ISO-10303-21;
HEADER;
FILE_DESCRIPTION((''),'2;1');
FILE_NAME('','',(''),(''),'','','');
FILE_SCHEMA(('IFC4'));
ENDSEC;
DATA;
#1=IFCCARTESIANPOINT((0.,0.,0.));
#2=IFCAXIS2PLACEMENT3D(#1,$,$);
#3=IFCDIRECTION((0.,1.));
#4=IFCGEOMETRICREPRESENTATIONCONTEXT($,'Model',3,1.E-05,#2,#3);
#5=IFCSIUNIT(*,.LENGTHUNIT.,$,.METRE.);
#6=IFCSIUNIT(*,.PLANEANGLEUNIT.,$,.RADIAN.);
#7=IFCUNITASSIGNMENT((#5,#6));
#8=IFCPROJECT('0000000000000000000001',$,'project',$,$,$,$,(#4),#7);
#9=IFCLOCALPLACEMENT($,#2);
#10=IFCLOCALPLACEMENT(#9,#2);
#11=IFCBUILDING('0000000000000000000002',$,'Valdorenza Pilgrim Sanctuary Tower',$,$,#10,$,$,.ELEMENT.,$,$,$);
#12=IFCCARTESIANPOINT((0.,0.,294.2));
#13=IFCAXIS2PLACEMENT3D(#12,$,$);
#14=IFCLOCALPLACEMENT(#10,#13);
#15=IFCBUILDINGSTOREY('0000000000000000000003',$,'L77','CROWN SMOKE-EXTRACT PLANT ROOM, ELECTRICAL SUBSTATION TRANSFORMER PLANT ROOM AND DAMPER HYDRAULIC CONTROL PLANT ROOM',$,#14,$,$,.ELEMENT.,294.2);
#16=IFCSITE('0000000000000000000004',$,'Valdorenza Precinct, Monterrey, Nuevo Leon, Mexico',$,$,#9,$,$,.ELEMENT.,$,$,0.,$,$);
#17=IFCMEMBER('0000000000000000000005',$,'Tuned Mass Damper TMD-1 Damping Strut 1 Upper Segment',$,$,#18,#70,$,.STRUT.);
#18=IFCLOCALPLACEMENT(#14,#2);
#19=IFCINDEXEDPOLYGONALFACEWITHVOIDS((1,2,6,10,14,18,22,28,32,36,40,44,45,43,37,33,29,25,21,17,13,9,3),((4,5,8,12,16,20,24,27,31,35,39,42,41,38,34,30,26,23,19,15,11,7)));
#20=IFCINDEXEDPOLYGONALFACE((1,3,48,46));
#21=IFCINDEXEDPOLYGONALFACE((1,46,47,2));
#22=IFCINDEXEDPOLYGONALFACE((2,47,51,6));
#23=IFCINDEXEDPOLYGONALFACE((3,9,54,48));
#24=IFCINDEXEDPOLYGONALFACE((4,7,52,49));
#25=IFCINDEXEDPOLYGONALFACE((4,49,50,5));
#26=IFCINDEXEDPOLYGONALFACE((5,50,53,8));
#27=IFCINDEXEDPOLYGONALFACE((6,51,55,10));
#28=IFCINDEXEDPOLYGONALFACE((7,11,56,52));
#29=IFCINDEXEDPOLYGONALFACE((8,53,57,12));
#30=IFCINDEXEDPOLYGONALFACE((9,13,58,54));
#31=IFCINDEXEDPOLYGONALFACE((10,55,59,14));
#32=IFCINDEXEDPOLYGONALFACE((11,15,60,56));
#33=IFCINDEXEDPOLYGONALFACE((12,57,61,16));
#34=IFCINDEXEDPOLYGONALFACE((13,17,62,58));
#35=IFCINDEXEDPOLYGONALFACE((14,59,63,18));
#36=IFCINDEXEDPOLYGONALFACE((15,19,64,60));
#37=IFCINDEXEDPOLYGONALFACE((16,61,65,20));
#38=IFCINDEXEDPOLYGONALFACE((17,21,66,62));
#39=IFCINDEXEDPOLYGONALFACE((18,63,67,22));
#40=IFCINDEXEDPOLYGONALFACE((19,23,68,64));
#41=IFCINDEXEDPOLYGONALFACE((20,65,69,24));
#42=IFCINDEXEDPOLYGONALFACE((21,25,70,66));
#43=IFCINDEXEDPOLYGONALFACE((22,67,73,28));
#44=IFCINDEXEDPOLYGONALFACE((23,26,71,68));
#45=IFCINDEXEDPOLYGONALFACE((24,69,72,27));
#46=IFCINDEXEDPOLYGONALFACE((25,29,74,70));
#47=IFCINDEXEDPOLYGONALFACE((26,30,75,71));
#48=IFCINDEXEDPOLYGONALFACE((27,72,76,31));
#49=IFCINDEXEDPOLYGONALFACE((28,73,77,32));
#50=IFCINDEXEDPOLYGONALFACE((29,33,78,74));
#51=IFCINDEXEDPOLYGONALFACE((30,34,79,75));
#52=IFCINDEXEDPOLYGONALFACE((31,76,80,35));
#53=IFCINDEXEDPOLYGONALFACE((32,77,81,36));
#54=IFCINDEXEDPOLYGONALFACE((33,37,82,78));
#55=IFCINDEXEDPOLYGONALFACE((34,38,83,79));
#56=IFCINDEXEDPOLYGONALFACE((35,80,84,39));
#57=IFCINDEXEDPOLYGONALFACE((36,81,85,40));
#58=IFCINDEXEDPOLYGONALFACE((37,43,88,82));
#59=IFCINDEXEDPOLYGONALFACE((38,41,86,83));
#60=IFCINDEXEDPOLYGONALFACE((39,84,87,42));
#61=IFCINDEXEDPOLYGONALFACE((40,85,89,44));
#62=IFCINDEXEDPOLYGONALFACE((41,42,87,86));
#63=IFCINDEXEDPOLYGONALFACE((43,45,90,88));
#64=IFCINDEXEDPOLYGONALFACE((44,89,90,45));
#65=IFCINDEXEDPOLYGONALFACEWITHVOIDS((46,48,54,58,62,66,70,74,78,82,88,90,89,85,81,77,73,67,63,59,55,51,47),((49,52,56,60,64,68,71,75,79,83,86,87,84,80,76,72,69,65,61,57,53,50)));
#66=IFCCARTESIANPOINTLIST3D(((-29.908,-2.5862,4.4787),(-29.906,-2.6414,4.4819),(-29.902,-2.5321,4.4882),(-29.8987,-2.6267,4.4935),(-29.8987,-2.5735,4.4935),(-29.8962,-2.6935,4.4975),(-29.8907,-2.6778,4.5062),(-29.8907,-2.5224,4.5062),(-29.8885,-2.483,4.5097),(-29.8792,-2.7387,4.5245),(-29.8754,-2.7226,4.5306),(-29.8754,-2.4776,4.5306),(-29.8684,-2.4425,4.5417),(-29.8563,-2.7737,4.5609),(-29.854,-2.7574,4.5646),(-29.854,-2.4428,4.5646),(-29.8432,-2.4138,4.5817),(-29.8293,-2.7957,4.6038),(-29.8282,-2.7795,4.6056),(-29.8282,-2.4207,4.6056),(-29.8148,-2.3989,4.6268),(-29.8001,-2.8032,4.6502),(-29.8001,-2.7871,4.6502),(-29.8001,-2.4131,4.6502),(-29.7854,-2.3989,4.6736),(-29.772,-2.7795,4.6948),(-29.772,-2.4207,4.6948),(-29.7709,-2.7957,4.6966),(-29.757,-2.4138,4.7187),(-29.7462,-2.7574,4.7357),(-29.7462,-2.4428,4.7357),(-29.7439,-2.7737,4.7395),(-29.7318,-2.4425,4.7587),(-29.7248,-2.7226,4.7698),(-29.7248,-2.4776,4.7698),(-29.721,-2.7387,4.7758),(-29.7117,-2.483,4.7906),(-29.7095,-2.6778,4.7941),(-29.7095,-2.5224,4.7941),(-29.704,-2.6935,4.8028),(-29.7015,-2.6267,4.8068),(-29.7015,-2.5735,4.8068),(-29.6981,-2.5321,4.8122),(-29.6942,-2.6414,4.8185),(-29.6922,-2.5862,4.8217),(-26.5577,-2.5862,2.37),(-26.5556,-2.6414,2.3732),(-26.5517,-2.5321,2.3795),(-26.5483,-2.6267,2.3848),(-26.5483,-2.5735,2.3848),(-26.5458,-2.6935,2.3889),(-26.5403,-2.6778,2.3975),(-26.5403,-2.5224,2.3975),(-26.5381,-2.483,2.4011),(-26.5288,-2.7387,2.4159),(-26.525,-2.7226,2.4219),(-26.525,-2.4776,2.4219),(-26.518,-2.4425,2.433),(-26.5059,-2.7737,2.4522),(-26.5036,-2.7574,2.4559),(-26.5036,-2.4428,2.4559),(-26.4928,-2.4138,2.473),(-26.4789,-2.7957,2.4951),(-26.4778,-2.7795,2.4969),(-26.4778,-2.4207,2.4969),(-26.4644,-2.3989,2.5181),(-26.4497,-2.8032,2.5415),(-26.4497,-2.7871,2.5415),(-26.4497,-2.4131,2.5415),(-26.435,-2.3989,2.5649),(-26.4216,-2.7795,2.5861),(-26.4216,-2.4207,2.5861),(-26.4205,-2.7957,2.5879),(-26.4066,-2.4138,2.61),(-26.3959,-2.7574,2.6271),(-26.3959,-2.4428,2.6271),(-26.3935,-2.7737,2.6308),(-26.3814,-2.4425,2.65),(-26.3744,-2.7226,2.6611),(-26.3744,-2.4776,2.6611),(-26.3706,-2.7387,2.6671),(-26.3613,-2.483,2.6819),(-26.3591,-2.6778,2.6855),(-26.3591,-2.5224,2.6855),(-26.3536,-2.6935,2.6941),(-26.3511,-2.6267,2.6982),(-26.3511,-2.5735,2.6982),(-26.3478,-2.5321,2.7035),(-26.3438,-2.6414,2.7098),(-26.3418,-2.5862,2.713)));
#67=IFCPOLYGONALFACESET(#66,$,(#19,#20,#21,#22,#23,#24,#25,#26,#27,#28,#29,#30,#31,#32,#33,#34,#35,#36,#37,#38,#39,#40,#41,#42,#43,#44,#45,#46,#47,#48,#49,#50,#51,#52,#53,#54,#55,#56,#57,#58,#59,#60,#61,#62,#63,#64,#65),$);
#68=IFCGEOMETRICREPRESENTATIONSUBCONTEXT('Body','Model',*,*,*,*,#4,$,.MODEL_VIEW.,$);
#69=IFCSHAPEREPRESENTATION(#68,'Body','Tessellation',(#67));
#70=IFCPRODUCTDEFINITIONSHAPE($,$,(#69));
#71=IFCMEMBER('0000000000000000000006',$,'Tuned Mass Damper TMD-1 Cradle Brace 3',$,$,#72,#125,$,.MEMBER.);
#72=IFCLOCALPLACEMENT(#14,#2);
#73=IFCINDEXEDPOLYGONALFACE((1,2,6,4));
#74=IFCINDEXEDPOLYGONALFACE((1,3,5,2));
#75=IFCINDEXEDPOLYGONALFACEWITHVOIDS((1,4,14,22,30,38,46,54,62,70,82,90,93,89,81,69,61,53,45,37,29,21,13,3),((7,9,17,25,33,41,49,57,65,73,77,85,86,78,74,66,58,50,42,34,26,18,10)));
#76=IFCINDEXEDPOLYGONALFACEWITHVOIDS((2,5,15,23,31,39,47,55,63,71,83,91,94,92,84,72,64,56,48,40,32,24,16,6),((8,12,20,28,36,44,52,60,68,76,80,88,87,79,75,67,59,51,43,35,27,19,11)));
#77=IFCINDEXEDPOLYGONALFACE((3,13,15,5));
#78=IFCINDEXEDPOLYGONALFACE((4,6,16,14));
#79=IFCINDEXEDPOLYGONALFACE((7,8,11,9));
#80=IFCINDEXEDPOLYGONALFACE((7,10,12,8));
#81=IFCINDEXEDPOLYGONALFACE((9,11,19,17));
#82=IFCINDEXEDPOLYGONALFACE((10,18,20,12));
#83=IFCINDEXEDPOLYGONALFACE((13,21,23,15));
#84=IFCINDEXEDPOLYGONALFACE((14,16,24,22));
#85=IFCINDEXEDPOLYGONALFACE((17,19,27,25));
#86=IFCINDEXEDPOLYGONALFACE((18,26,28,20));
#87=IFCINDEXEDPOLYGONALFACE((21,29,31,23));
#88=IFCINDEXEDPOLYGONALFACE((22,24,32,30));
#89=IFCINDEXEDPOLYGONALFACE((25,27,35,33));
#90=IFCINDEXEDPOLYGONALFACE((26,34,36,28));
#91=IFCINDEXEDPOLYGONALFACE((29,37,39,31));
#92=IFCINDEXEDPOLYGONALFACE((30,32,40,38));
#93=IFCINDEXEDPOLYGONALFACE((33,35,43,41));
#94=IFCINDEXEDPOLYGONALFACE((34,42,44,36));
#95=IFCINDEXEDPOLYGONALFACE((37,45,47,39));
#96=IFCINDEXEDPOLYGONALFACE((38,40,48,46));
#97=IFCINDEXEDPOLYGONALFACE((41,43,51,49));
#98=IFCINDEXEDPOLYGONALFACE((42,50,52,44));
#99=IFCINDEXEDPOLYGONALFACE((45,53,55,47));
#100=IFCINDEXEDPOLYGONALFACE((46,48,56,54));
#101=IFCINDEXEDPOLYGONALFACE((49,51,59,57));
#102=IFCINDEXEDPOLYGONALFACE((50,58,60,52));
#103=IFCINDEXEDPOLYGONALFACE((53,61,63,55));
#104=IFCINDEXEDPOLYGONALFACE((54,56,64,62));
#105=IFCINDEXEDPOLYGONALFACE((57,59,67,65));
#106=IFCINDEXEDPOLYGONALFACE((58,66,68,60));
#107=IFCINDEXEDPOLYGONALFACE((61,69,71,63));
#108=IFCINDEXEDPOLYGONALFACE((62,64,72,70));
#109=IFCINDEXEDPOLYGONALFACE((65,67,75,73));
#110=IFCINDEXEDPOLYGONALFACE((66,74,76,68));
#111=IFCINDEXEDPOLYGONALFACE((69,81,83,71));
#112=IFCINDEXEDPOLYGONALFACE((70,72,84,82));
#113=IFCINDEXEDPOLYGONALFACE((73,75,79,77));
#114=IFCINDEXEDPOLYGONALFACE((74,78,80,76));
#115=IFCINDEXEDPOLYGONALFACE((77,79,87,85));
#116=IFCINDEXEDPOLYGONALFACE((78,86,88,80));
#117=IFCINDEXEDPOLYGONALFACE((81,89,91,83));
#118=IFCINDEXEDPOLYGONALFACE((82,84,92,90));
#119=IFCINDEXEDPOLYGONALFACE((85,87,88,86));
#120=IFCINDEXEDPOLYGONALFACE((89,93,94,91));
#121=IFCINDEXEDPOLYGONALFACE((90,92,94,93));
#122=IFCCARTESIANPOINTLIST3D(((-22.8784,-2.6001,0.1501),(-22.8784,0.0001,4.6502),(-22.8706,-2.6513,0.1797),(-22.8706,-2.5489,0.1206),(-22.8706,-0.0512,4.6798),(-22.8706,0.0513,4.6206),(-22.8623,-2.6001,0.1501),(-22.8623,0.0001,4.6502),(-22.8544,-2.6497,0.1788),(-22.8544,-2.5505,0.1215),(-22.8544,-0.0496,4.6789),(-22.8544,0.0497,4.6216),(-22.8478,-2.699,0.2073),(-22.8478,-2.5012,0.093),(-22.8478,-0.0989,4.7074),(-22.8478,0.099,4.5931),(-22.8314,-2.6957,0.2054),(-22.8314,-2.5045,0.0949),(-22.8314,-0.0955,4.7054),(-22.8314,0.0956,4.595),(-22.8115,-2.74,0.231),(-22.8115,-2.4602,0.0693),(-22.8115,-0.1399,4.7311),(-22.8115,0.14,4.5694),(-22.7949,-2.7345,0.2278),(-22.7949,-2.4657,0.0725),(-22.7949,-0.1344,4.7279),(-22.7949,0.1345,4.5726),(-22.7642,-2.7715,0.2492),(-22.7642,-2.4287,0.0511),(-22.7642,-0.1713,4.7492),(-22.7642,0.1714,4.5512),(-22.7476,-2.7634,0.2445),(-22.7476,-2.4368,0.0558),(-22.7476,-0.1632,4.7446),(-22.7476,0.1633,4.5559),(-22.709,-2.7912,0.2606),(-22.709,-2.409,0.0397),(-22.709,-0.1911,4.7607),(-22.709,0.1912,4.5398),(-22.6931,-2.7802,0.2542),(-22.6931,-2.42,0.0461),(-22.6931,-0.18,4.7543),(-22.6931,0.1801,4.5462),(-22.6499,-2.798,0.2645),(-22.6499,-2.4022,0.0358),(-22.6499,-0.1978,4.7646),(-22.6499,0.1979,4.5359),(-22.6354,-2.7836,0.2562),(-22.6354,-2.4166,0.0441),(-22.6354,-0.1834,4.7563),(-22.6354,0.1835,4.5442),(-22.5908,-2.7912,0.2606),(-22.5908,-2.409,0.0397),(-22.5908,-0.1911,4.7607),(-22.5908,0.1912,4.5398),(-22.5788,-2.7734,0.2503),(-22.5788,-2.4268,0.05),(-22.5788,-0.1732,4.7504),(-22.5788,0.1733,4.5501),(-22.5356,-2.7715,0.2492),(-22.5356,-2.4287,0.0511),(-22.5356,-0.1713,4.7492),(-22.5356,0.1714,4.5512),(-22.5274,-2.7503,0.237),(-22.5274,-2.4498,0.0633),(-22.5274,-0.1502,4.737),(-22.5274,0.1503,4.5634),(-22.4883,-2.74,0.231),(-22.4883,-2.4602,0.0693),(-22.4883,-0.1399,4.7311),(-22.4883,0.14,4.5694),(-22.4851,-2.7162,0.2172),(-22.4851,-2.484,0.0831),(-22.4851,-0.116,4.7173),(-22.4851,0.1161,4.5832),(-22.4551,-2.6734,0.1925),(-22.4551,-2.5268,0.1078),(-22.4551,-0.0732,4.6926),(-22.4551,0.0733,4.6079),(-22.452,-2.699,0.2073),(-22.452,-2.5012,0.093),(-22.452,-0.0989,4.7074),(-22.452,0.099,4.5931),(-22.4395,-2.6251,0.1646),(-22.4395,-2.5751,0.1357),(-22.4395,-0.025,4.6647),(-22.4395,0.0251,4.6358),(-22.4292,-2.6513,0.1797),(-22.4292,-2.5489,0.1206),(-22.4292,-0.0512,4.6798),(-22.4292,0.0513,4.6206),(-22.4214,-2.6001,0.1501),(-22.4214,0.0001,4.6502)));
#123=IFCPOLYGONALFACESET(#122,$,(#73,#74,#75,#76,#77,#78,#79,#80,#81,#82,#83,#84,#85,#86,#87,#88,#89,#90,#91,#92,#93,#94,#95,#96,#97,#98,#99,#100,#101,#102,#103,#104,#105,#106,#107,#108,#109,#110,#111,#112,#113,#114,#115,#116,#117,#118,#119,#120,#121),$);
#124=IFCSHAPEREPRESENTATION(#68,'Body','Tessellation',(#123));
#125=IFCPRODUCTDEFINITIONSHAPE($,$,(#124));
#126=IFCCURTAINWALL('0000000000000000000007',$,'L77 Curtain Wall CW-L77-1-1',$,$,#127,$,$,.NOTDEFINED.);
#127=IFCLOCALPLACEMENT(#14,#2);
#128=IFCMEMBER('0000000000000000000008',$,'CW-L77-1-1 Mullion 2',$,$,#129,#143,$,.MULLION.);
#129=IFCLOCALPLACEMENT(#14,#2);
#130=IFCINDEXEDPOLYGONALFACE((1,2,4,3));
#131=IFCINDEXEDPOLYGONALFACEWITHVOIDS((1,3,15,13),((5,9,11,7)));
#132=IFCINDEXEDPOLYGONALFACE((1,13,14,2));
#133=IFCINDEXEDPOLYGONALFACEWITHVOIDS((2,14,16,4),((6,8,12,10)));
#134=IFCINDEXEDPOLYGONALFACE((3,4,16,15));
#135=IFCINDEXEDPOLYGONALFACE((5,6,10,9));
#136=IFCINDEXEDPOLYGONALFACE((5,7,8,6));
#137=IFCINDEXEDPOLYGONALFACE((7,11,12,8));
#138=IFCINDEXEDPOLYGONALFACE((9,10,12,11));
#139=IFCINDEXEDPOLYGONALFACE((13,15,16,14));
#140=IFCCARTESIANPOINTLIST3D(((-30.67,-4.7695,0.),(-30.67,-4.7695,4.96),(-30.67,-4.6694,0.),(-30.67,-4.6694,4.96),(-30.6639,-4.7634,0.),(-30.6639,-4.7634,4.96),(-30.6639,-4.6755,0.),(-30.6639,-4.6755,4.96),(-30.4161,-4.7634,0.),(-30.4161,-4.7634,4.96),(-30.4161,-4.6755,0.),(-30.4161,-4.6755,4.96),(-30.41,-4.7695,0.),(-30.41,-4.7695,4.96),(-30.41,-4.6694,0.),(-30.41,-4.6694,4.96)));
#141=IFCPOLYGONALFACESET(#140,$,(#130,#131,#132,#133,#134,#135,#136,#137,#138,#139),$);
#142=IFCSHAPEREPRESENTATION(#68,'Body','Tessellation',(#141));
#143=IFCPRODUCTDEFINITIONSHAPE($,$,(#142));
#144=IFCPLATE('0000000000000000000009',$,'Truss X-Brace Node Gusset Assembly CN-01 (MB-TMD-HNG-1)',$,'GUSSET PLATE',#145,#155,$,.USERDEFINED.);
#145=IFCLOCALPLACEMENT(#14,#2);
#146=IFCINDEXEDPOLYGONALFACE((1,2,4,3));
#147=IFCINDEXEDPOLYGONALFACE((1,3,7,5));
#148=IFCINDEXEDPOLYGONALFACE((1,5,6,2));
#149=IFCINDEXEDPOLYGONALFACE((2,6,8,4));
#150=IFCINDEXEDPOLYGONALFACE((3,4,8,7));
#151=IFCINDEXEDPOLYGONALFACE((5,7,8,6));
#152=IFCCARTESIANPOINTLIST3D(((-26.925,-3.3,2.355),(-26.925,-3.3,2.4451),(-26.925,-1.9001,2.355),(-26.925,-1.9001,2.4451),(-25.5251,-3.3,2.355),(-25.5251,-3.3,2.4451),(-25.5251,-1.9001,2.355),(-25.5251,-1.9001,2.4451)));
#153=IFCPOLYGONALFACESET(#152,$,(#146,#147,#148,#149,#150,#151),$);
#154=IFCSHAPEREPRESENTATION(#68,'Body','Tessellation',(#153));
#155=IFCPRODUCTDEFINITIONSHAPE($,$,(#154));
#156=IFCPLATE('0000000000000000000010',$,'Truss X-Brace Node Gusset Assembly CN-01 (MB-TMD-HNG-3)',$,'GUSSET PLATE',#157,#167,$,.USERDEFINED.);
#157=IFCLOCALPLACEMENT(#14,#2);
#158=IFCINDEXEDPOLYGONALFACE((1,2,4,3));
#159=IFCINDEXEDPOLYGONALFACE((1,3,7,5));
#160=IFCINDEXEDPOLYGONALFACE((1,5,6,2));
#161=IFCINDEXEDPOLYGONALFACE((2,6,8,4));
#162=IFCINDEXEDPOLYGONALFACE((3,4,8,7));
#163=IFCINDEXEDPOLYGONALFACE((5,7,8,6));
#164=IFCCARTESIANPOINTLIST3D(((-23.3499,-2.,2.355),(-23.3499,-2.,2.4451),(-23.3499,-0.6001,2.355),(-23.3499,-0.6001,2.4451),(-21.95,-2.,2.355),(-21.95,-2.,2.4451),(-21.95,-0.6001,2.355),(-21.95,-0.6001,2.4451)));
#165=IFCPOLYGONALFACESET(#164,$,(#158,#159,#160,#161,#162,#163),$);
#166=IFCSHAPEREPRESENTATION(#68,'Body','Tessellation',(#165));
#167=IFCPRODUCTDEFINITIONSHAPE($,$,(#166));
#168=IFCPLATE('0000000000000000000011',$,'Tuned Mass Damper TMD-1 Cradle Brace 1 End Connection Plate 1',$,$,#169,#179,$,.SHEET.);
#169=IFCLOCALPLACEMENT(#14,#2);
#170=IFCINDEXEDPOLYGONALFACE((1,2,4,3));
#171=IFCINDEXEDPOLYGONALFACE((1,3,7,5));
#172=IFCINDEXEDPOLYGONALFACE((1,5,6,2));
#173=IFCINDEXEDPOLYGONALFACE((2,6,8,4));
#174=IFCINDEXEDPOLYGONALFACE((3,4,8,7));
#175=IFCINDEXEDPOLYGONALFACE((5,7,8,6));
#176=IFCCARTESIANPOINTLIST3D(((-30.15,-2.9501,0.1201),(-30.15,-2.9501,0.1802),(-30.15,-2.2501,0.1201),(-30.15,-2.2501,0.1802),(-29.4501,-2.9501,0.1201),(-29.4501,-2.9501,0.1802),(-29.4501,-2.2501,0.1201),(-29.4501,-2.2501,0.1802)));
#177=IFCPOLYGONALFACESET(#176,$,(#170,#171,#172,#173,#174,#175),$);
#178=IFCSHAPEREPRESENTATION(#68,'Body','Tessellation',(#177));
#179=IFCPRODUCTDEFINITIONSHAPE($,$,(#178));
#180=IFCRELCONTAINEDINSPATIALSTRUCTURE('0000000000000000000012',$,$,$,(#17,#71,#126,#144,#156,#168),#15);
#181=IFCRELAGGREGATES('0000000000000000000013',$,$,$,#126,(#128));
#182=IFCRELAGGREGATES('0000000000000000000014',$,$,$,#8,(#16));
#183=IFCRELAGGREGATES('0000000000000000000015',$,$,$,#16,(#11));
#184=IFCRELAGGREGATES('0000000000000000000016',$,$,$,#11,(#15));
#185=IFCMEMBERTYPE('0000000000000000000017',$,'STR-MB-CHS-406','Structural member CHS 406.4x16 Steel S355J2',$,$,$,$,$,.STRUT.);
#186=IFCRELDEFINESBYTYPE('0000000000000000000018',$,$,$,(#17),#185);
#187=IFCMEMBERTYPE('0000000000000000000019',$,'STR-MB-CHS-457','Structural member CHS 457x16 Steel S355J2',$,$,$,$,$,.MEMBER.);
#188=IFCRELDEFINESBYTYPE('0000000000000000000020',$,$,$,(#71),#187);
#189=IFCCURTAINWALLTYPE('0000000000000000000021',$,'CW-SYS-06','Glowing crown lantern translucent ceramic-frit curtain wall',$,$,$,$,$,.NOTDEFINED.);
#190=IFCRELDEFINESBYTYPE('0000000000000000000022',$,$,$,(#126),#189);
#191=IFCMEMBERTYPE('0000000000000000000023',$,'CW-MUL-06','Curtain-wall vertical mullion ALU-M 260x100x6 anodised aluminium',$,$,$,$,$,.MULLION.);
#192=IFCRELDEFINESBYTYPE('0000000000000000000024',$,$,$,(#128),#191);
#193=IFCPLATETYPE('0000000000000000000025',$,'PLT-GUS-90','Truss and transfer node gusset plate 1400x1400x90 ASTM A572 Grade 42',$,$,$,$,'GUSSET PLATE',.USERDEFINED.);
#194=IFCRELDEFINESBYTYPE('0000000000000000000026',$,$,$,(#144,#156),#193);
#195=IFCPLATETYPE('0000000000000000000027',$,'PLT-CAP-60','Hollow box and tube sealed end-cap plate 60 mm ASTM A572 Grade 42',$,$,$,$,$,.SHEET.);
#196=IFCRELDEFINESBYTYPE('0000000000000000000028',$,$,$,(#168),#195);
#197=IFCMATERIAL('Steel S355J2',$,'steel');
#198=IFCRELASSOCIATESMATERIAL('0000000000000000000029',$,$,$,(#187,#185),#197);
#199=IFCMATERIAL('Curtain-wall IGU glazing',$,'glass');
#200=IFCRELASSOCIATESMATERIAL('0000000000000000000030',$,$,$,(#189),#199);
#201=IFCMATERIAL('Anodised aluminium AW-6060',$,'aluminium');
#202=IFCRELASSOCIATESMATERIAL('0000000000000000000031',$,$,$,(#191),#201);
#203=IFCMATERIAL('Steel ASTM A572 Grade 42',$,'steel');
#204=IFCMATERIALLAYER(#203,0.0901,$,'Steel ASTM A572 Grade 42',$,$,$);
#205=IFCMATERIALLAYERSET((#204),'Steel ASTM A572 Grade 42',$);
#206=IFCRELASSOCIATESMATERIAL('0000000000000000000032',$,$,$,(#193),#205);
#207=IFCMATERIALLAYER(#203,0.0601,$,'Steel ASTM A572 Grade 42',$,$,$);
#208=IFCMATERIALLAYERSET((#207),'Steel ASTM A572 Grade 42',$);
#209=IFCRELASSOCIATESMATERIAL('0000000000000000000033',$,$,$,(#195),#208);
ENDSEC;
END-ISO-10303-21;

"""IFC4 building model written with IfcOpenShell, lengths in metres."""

from ifc_helpers import new_model, si_unit, direction, frame, origin, origin_2d, place, context, subcontext, project, spatial, rectangle, hollow_rectangle, hollow_circle, extrude, source, transform, mapped, material, layer, layer_set, material_profile, profile_set, type_object, element, aggregate, save


model = new_model("IFC4")

# Units and contexts
model_context = context("Model", 3, precision=1e-05, world=origin(), true_north=direction((0.0, 1.0)))
body_context = subcontext(model_context, "Body", "Model", "MODEL_VIEW")
ifc_project = project(units=[si_unit("LENGTHUNIT", "METRE"), si_unit("PLANEANGLEUNIT", "RADIAN")], contexts=[model_context])

# Site, building, storey
site_placement = place(None, origin())
site = spatial("IfcSite", under=ifc_project, at=site_placement, Name="Valdorenza Precinct, Monterrey, Nuevo Leon, Mexico", CompositionType="ELEMENT", RefElevation=0.0)
building_placement = place(site_placement, origin())
building = spatial("IfcBuilding", under=site, at=building_placement, Name="Valdorenza Pilgrim Sanctuary Tower", CompositionType="ELEMENT")
storey_placement = place(building_placement, frame((0.0, 0.0, 294.2)))
storey = spatial("IfcBuildingStorey", under=building, at=storey_placement, Name="L77", Description="CROWN SMOKE-EXTRACT PLANT ROOM, ELECTRICAL SUBSTATION TRANSFORMER PLANT ROOM AND DAMPER HYDRAULIC CONTROL PLANT ROOM", CompositionType="ELEMENT", Elevation=294.2)

# Members
ifc_material_1 = material(Name="Steel S355J2", Category="steel")
ifc_material_profile_1 = material_profile(ifc_material_1, hollow_circle(Radius=0.2285, WallThickness=0.0161, at=origin_2d()), Name="CHS 457x16")
ifc_profile_set_1 = profile_set([ifc_material_profile_1], Name="Steel S355J2")
member_type_1 = type_object("IfcMemberType", Name="STR-MB-CHS-457", Description="Structural member CHS 457x16 Steel S355J2", PredefinedType="MEMBER", material=ifc_profile_set_1)
ifc_material_profile_2 = material_profile(ifc_material_1, hollow_circle(Radius=0.2031, WallThickness=0.0161, at=origin_2d()), Name="CHS 406.4x16")
ifc_profile_set_2 = profile_set([ifc_material_profile_2], Name="Steel S355J2")
member_type_2 = type_object("IfcMemberType", Name="STR-MB-CHS-406", Description="Structural member CHS 406.4x16 Steel S355J2", PredefinedType="STRUT", material=ifc_profile_set_2)
shared_shape_1 = source(origin(), body_context, "Body", "SweptSolid", [
    extrude(hollow_circle(Radius=0.2031, WallThickness=0.0161, at=origin_2d()), origin(), (0.0, 0.0, 1.0), 3.9587),
])
for number, where, z_axis, x_axis, name in (
    (1, (-26.4497, -2.6001, 2.5415), (-0.846328, 0.0, 0.532663), (0.0, -1.0, 0.0), "Tuned Mass Damper TMD-1 Damping Strut 1 Upper Segment"),
):
    element("IfcMember", number, at=place(storey_placement, frame(where, z_axis=z_axis, x_axis=x_axis)), inside=storey, type_object=member_type_2, Name=name, PredefinedType="STRUT", context=body_context, shape_type="MappedRepresentation", body=[
        mapped(shared_shape_1, transform((0.0, 0.0, 0.0), x_axis=(1.0, 0.0, 0.0), y_axis=(0.0, 1.0, 0.0), z_axis=(0.0, 0.0, 1.0), scale=1.0)),
    ])
shared_shape_2 = source(origin(), body_context, "Body", "SweptSolid", [
    extrude(hollow_circle(Radius=0.2285, WallThickness=0.0161, at=origin_2d()), origin(), (0.0, 0.0, 1.0), 5.1973),
])
member_1_placement = place(storey_placement, frame((-22.6499, -2.6001, 0.1501), z_axis=(0.0, 0.500292, 0.865857), x_axis=(-1.0, 0.0, 0.0)))
element("IfcMember", 2, at=member_1_placement, inside=storey, type_object=member_type_1, Name="Tuned Mass Damper TMD-1 Cradle Brace 3", PredefinedType="MEMBER", context=body_context, shape_type="MappedRepresentation", body=[
    mapped(shared_shape_2, transform((0.0, 0.0, 0.0), x_axis=(1.0, 0.0, 0.0), y_axis=(0.0, 1.0, 0.0), z_axis=(0.0, 0.0, 1.0), scale=1.0)),
])

# Curtain wall, member
ifc_material_2 = material(Name="Curtain-wall IGU glazing", Category="glass")
curtain_wall_type = type_object("IfcCurtainWallType", Name="CW-SYS-06", Description="Glowing crown lantern translucent ceramic-frit curtain wall", PredefinedType="NOTDEFINED", material=ifc_material_2)
curtain_wall_placement = place(storey_placement, origin())
curtain_wall = element("IfcCurtainWall", 3, at=curtain_wall_placement, inside=storey, type_object=curtain_wall_type, Name="L77 Curtain Wall CW-L77-1-1", PredefinedType="NOTDEFINED")
ifc_material_3 = material(Name="Anodised aluminium AW-6060", Category="aluminium")
ifc_material_profile_3 = material_profile(ifc_material_3, hollow_rectangle(XDim=0.1001, YDim=0.26, WallThickness=0.0061, at=origin_2d()), Name="ALU-M 260x100x6")
ifc_profile_set_3 = profile_set([ifc_material_profile_3], Name="Anodised aluminium AW-6060")
member_type_3 = type_object("IfcMemberType", Name="CW-MUL-06", Description="Curtain-wall vertical mullion ALU-M 260x100x6 anodised aluminium", PredefinedType="MULLION", material=ifc_profile_set_3)
shared_shape_3 = source(origin(), body_context, "Body", "SweptSolid", [
    extrude(hollow_rectangle(XDim=0.1001, YDim=0.26, WallThickness=0.0061, at=origin_2d()), origin(), (0.0, 0.0, 1.0), 4.96),
])
member_2_placement = place(storey_placement, frame((-30.54, -4.7195, 0.0), z_axis=(0.0, 0.0, 1.0), x_axis=(0.0, 1.0, 0.0)))
member_2 = element("IfcMember", 4, at=member_2_placement, type_object=member_type_3, Name="CW-L77-1-1 Mullion 2", PredefinedType="MULLION", context=body_context, shape_type="MappedRepresentation", body=[
    mapped(shared_shape_3, transform((0.0, 0.0, 0.0), x_axis=(1.0, 0.0, 0.0), y_axis=(0.0, 1.0, 0.0), z_axis=(0.0, 0.0, 1.0), scale=1.0)),
])

# Plates
ifc_material_4 = material(Name="Steel ASTM A572 Grade 42", Category="steel")
ifc_layer_1 = layer(ifc_material_4, 0.0901, Name="Steel ASTM A572 Grade 42")
ifc_layer_set_1 = layer_set([ifc_layer_1], Name="Steel ASTM A572 Grade 42")
plate_type_1 = type_object("IfcPlateType", Name="PLT-GUS-90", Description="Truss and transfer node gusset plate 1400x1400x90 ASTM A572 Grade 42", ElementType="GUSSET PLATE", PredefinedType="USERDEFINED", material=ifc_layer_set_1)
shared_shape_4 = source(origin(), body_context, "Body", "SweptSolid", [
    extrude(rectangle(XDim=1.3999, YDim=1.3999, at=origin_2d()), origin(), (0.0, 0.0, 1.0), 0.0901),
])
for number, where, z_axis, x_axis, name in (
    (5, (-26.2251, -2.6001, 2.355), (0.0, 0.0, 1.0), (1.0, 0.0, 0.0), "Truss X-Brace Node Gusset Assembly CN-01 (MB-TMD-HNG-1)"),
    (6, (-22.6499, -1.3, 2.355), (0.0, 0.0, 1.0), (1.0, 0.0, 0.0), "Truss X-Brace Node Gusset Assembly CN-01 (MB-TMD-HNG-3)"),
):
    element("IfcPlate", number, at=place(storey_placement, frame(where, z_axis=z_axis, x_axis=x_axis)), inside=storey, type_object=plate_type_1, Name=name, ObjectType="GUSSET PLATE", PredefinedType="USERDEFINED", context=body_context, shape_type="MappedRepresentation", body=[
        mapped(shared_shape_4, transform((0.0, 0.0, 0.0), x_axis=(1.0, 0.0, 0.0), y_axis=(0.0, 1.0, 0.0), z_axis=(0.0, 0.0, 1.0), scale=1.0)),
    ])
ifc_layer_2 = layer(ifc_material_4, 0.0601, Name="Steel ASTM A572 Grade 42")
ifc_layer_set_2 = layer_set([ifc_layer_2], Name="Steel ASTM A572 Grade 42")
plate_type_2 = type_object("IfcPlateType", Name="PLT-CAP-60", Description="Hollow box and tube sealed end-cap plate 60 mm ASTM A572 Grade 42", PredefinedType="SHEET", material=ifc_layer_set_2)
shared_shape_5 = source(origin(), body_context, "Body", "SweptSolid", [
    extrude(rectangle(XDim=0.7, YDim=0.7, at=origin_2d()), origin(), (0.0, 0.0, 1.0), 0.0601),
])
for number, where, z_axis, x_axis, name in (
    (7, (-29.8, -2.6001, 0.1201), (0.0, 0.0, 1.0), (1.0, 0.0, 0.0), "Tuned Mass Damper TMD-1 Cradle Brace 1 End Connection Plate 1"),
):
    element("IfcPlate", number, at=place(storey_placement, frame(where, z_axis=z_axis, x_axis=x_axis)), inside=storey, type_object=plate_type_2, Name=name, PredefinedType="SHEET", context=body_context, shape_type="MappedRepresentation", body=[
        mapped(shared_shape_5, transform((0.0, 0.0, 0.0), x_axis=(1.0, 0.0, 0.0), y_axis=(0.0, 1.0, 0.0), z_axis=(0.0, 0.0, 1.0), scale=1.0)),
    ])

aggregate(curtain_wall, [member_2])

save(model, "model.ifc")
